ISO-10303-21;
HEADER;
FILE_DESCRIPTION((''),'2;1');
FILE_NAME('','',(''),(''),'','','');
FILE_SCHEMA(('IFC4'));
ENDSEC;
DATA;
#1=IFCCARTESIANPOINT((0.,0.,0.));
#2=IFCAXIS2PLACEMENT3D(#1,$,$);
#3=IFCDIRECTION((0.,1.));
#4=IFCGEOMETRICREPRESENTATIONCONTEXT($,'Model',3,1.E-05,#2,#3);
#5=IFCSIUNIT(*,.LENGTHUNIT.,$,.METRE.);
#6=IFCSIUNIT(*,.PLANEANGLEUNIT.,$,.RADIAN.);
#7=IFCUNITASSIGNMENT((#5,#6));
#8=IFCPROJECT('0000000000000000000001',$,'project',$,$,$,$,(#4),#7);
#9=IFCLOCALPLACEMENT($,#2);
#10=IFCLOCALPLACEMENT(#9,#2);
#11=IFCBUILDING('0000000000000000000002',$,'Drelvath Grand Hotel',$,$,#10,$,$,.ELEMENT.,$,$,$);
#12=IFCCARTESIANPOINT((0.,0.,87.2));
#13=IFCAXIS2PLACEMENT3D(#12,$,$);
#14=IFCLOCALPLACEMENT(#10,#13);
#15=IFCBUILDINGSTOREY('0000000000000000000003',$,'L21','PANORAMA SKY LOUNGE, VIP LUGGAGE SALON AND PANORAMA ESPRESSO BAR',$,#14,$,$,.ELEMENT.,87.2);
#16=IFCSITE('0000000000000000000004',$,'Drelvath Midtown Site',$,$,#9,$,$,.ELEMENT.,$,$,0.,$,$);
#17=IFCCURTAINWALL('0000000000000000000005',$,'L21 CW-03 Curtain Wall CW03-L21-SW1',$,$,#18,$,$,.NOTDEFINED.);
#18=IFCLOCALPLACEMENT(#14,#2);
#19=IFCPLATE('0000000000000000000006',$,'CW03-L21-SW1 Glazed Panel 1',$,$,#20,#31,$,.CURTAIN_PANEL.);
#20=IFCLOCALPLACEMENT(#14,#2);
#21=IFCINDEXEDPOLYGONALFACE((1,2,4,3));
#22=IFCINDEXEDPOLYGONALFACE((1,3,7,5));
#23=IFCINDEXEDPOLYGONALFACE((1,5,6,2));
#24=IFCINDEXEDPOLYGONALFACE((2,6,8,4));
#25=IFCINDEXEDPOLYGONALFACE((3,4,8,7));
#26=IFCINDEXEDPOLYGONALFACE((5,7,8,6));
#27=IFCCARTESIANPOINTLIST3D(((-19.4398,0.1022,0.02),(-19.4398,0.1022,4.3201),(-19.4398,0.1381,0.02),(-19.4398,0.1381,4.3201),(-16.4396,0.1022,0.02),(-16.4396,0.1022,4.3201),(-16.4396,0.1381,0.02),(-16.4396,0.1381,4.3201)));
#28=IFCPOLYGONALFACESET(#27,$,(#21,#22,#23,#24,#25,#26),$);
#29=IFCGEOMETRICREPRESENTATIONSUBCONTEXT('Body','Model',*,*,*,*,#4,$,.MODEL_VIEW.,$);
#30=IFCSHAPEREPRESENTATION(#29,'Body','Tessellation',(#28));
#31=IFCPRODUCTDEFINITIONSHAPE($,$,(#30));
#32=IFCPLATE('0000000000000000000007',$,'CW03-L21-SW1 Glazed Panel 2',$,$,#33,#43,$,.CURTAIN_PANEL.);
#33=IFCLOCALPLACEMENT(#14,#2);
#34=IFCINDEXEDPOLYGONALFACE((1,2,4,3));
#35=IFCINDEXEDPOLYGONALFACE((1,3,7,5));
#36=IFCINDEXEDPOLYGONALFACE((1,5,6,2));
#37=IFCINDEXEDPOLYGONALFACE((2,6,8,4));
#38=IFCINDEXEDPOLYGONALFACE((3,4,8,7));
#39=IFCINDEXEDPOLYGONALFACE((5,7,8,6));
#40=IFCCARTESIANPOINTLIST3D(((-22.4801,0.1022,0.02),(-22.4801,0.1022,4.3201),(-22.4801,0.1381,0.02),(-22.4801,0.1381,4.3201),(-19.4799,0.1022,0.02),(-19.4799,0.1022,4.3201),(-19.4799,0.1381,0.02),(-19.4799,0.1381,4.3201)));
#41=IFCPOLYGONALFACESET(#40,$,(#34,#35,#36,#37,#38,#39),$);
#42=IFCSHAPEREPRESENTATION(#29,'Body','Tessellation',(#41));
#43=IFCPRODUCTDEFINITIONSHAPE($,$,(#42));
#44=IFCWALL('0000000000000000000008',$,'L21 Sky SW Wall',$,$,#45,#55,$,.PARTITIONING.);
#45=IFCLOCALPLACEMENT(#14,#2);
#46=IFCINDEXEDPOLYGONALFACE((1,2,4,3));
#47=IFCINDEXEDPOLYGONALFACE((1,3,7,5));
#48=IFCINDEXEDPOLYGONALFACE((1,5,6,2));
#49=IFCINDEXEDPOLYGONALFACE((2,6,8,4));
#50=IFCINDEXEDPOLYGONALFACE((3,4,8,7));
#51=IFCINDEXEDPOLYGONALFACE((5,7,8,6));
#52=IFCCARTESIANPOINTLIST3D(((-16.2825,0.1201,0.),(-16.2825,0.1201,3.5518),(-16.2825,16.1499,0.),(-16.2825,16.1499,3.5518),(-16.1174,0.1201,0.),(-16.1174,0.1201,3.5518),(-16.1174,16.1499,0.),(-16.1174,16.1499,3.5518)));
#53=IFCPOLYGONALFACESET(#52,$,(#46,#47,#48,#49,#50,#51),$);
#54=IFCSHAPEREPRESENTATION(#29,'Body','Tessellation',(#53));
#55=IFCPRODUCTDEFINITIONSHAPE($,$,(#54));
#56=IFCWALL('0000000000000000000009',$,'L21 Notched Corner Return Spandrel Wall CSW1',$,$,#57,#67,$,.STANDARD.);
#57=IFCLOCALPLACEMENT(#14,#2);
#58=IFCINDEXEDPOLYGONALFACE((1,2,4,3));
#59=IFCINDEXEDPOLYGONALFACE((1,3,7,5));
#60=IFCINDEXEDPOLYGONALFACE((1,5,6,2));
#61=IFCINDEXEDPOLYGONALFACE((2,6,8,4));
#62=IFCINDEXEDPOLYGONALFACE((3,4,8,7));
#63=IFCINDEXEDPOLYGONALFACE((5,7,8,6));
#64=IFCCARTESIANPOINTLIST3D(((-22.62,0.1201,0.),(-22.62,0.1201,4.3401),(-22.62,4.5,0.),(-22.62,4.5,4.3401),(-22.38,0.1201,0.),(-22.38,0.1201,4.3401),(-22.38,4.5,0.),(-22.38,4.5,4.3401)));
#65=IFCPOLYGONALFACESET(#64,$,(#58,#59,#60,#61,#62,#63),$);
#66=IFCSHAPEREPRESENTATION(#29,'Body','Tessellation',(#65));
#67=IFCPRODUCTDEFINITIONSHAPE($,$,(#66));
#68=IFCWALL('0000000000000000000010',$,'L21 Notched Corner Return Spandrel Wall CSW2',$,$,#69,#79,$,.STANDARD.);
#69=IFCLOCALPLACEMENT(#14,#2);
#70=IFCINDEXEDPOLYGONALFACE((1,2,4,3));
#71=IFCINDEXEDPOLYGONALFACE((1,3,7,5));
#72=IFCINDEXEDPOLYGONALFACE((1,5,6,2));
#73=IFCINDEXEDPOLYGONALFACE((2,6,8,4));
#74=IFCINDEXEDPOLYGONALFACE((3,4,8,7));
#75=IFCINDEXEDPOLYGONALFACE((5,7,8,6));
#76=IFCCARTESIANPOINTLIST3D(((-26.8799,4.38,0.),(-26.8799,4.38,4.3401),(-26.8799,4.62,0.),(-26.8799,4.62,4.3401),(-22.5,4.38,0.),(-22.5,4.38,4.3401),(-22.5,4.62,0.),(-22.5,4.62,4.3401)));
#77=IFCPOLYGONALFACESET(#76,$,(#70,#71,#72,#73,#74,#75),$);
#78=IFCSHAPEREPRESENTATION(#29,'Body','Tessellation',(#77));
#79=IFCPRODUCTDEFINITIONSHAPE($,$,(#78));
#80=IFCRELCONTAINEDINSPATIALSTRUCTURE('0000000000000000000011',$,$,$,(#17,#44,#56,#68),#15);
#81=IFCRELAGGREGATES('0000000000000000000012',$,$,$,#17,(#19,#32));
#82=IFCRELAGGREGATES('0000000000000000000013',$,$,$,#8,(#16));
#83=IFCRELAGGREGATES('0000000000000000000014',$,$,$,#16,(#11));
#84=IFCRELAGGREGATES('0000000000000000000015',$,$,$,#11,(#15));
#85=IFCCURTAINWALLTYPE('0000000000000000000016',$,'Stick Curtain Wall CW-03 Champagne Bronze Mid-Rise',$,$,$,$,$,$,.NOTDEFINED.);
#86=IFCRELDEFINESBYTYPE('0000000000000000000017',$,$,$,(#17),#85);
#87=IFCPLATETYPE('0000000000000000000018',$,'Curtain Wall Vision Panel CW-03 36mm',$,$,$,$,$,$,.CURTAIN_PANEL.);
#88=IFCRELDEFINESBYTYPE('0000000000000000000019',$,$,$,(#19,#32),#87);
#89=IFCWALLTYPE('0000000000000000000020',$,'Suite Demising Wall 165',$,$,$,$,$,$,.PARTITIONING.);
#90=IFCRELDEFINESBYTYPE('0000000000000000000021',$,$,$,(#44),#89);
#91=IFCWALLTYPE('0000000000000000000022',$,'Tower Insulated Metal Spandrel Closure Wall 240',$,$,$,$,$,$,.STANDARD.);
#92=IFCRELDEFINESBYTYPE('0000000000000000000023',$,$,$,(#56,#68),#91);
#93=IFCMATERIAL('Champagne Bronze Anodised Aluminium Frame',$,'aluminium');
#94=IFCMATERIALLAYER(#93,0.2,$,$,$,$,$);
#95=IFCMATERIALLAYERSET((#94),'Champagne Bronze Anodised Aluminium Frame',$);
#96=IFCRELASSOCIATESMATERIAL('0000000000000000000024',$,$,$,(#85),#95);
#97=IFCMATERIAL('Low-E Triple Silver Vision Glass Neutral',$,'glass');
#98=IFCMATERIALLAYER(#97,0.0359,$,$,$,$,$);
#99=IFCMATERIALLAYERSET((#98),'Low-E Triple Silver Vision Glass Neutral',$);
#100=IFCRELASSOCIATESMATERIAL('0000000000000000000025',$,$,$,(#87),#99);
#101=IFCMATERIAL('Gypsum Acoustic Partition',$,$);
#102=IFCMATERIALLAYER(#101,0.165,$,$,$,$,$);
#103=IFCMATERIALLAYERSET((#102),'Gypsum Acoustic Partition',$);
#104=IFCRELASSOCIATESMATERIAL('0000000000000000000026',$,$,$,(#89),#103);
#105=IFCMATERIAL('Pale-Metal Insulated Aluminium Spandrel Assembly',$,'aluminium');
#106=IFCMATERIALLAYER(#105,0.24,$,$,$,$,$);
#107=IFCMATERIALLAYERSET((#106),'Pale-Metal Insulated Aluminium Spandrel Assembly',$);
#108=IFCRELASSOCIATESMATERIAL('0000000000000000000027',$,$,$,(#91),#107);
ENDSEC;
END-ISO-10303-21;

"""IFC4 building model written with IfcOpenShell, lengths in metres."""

from ifc_helpers import new_model, si_unit, direction, frame, frame_2d, origin, origin_2d, place, context, subcontext, project, spatial, rectangle, extrude, material, layer, layer_set, type_object, element, aggregate, save


model = new_model("IFC4")

# Units and contexts
model_context = context("Model", 3, precision=1e-05, world=origin(), true_north=direction((0.0, 1.0)))
body_context = subcontext(model_context, "Body", "Model", "MODEL_VIEW")
ifc_project = project(units=[si_unit("LENGTHUNIT", "METRE"), si_unit("PLANEANGLEUNIT", "RADIAN")], contexts=[model_context])

# Site, building, storey
site_placement = place(None, origin())
site = spatial("IfcSite", under=ifc_project, at=site_placement, Name="Drelvath Midtown Site", CompositionType="ELEMENT", RefElevation=0.0)
building_placement = place(site_placement, origin())
building = spatial("IfcBuilding", under=site, at=building_placement, Name="Drelvath Grand Hotel", CompositionType="ELEMENT")
storey_placement = place(building_placement, frame((0.0, 0.0, 87.2)))
storey = spatial("IfcBuildingStorey", under=building, at=storey_placement, Name="L21", Description="PANORAMA SKY LOUNGE, VIP LUGGAGE SALON AND PANORAMA ESPRESSO BAR", CompositionType="ELEMENT", Elevation=87.2)

# Curtain wall
ifc_material_1 = material(Name="Champagne Bronze Anodised Aluminium Frame", Category="aluminium")
ifc_layer_1 = layer(ifc_material_1, 0.2)
ifc_layer_set_1 = layer_set([ifc_layer_1], Name="Champagne Bronze Anodised Aluminium Frame")
curtain_wall_type = type_object("IfcCurtainWallType", Name="Stick Curtain Wall CW-03 Champagne Bronze Mid-Rise", PredefinedType="NOTDEFINED", material=ifc_layer_set_1)
curtain_wall_1_placement = place(storey_placement, origin())
curtain_wall_1 = element("IfcCurtainWall", 1, at=curtain_wall_1_placement, inside=storey, type_object=curtain_wall_type, Name="L21 CW-03 Curtain Wall CW03-L21-SW1", PredefinedType="NOTDEFINED")

# Plates
ifc_material_2 = material(Name="Low-E Triple Silver Vision Glass Neutral", Category="glass")
ifc_layer_2 = layer(ifc_material_2, 0.0359)
ifc_layer_set_2 = layer_set([ifc_layer_2], Name="Low-E Triple Silver Vision Glass Neutral")
plate_type = type_object("IfcPlateType", Name="Curtain Wall Vision Panel CW-03 36mm", PredefinedType="CURTAIN_PANEL", material=ifc_layer_set_2)
plate_1_placement = place(storey_placement, frame((-17.9397, 0.1201, 0.02), z_axis=(0.0, 0.0, 1.0), x_axis=(-1.0, 0.0, 0.0)))
plate_1 = element("IfcPlate", 2, at=plate_1_placement, type_object=plate_type, Name="CW03-L21-SW1 Glazed Panel 1", PredefinedType="CURTAIN_PANEL", context=body_context, shape_type="SweptSolid", body=[
    extrude(rectangle(XDim=3.0002, YDim=0.0359, at=origin_2d()), origin(), (0.0, 0.0, 1.0), 4.3),
])
plate_2_placement = place(storey_placement, frame((-20.98, 0.1201, 0.02), z_axis=(0.0, 0.0, 1.0), x_axis=(-1.0, 0.0, 0.0)))
plate_2 = element("IfcPlate", 3, at=plate_2_placement, type_object=plate_type, Name="CW03-L21-SW1 Glazed Panel 2", PredefinedType="CURTAIN_PANEL", context=body_context, shape_type="SweptSolid", body=[
    extrude(rectangle(XDim=3.0002, YDim=0.0359, at=origin_2d()), origin(), (0.0, 0.0, 1.0), 4.3),
])
aggregate(curtain_wall_1, [plate_1, plate_2])

# Walls
ifc_material_3 = material(Name="Gypsum Acoustic Partition")
ifc_layer_3 = layer(ifc_material_3, 0.165)
ifc_layer_set_3 = layer_set([ifc_layer_3], Name="Gypsum Acoustic Partition")
wall_type_1 = type_object("IfcWallType", Name="Suite Demising Wall 165", PredefinedType="PARTITIONING", material=ifc_layer_set_3)
wall_placement = place(storey_placement, frame((-16.2, 0.1201, 0.0), z_axis=(0.0, 0.0, 1.0), x_axis=(0.0, 1.0, 0.0)))
element("IfcWall", 4, at=wall_placement, inside=storey, type_object=wall_type_1, Name="L21 Sky SW Wall", PredefinedType="PARTITIONING", context=body_context, shape_type="SweptSolid", body=[
    extrude(rectangle(XDim=16.0298, YDim=0.165, at=frame_2d((8.0149, 0.0))), origin(), (0.0, 0.0, 1.0), 3.5518),
])
ifc_material_4 = material(Name="Pale-Metal Insulated Aluminium Spandrel Assembly", Category="aluminium")
ifc_layer_4 = layer(ifc_material_4, 0.24)
ifc_layer_set_4 = layer_set([ifc_layer_4], Name="Pale-Metal Insulated Aluminium Spandrel Assembly")
wall_type_2 = type_object("IfcWallType", Name="Tower Insulated Metal Spandrel Closure Wall 240", PredefinedType="STANDARD", material=ifc_layer_set_4)
for number, where, z_axis, x_axis, name in (
    (5, (-22.5, 0.1201, 0.0), (0.0, 0.0, 1.0), (0.0, 1.0, 0.0), "L21 Notched Corner Return Spandrel Wall CSW1"),
    (6, (-22.5, 4.5, 0.0), (0.0, 0.0, 1.0), (-1.0, 0.0, 0.0), "L21 Notched Corner Return Spandrel Wall CSW2"),
):
    element("IfcWall", number, at=place(storey_placement, frame(where, z_axis=z_axis, x_axis=x_axis)), inside=storey, type_object=wall_type_2, Name=name, PredefinedType="STANDARD", context=body_context, shape_type="SweptSolid", body=[
        extrude(rectangle(XDim=4.3799, YDim=0.24, at=frame_2d((2.1899, 0.0))), origin(), (0.0, 0.0, 1.0), 4.3401),
    ])

save(model, "model.ifc")
